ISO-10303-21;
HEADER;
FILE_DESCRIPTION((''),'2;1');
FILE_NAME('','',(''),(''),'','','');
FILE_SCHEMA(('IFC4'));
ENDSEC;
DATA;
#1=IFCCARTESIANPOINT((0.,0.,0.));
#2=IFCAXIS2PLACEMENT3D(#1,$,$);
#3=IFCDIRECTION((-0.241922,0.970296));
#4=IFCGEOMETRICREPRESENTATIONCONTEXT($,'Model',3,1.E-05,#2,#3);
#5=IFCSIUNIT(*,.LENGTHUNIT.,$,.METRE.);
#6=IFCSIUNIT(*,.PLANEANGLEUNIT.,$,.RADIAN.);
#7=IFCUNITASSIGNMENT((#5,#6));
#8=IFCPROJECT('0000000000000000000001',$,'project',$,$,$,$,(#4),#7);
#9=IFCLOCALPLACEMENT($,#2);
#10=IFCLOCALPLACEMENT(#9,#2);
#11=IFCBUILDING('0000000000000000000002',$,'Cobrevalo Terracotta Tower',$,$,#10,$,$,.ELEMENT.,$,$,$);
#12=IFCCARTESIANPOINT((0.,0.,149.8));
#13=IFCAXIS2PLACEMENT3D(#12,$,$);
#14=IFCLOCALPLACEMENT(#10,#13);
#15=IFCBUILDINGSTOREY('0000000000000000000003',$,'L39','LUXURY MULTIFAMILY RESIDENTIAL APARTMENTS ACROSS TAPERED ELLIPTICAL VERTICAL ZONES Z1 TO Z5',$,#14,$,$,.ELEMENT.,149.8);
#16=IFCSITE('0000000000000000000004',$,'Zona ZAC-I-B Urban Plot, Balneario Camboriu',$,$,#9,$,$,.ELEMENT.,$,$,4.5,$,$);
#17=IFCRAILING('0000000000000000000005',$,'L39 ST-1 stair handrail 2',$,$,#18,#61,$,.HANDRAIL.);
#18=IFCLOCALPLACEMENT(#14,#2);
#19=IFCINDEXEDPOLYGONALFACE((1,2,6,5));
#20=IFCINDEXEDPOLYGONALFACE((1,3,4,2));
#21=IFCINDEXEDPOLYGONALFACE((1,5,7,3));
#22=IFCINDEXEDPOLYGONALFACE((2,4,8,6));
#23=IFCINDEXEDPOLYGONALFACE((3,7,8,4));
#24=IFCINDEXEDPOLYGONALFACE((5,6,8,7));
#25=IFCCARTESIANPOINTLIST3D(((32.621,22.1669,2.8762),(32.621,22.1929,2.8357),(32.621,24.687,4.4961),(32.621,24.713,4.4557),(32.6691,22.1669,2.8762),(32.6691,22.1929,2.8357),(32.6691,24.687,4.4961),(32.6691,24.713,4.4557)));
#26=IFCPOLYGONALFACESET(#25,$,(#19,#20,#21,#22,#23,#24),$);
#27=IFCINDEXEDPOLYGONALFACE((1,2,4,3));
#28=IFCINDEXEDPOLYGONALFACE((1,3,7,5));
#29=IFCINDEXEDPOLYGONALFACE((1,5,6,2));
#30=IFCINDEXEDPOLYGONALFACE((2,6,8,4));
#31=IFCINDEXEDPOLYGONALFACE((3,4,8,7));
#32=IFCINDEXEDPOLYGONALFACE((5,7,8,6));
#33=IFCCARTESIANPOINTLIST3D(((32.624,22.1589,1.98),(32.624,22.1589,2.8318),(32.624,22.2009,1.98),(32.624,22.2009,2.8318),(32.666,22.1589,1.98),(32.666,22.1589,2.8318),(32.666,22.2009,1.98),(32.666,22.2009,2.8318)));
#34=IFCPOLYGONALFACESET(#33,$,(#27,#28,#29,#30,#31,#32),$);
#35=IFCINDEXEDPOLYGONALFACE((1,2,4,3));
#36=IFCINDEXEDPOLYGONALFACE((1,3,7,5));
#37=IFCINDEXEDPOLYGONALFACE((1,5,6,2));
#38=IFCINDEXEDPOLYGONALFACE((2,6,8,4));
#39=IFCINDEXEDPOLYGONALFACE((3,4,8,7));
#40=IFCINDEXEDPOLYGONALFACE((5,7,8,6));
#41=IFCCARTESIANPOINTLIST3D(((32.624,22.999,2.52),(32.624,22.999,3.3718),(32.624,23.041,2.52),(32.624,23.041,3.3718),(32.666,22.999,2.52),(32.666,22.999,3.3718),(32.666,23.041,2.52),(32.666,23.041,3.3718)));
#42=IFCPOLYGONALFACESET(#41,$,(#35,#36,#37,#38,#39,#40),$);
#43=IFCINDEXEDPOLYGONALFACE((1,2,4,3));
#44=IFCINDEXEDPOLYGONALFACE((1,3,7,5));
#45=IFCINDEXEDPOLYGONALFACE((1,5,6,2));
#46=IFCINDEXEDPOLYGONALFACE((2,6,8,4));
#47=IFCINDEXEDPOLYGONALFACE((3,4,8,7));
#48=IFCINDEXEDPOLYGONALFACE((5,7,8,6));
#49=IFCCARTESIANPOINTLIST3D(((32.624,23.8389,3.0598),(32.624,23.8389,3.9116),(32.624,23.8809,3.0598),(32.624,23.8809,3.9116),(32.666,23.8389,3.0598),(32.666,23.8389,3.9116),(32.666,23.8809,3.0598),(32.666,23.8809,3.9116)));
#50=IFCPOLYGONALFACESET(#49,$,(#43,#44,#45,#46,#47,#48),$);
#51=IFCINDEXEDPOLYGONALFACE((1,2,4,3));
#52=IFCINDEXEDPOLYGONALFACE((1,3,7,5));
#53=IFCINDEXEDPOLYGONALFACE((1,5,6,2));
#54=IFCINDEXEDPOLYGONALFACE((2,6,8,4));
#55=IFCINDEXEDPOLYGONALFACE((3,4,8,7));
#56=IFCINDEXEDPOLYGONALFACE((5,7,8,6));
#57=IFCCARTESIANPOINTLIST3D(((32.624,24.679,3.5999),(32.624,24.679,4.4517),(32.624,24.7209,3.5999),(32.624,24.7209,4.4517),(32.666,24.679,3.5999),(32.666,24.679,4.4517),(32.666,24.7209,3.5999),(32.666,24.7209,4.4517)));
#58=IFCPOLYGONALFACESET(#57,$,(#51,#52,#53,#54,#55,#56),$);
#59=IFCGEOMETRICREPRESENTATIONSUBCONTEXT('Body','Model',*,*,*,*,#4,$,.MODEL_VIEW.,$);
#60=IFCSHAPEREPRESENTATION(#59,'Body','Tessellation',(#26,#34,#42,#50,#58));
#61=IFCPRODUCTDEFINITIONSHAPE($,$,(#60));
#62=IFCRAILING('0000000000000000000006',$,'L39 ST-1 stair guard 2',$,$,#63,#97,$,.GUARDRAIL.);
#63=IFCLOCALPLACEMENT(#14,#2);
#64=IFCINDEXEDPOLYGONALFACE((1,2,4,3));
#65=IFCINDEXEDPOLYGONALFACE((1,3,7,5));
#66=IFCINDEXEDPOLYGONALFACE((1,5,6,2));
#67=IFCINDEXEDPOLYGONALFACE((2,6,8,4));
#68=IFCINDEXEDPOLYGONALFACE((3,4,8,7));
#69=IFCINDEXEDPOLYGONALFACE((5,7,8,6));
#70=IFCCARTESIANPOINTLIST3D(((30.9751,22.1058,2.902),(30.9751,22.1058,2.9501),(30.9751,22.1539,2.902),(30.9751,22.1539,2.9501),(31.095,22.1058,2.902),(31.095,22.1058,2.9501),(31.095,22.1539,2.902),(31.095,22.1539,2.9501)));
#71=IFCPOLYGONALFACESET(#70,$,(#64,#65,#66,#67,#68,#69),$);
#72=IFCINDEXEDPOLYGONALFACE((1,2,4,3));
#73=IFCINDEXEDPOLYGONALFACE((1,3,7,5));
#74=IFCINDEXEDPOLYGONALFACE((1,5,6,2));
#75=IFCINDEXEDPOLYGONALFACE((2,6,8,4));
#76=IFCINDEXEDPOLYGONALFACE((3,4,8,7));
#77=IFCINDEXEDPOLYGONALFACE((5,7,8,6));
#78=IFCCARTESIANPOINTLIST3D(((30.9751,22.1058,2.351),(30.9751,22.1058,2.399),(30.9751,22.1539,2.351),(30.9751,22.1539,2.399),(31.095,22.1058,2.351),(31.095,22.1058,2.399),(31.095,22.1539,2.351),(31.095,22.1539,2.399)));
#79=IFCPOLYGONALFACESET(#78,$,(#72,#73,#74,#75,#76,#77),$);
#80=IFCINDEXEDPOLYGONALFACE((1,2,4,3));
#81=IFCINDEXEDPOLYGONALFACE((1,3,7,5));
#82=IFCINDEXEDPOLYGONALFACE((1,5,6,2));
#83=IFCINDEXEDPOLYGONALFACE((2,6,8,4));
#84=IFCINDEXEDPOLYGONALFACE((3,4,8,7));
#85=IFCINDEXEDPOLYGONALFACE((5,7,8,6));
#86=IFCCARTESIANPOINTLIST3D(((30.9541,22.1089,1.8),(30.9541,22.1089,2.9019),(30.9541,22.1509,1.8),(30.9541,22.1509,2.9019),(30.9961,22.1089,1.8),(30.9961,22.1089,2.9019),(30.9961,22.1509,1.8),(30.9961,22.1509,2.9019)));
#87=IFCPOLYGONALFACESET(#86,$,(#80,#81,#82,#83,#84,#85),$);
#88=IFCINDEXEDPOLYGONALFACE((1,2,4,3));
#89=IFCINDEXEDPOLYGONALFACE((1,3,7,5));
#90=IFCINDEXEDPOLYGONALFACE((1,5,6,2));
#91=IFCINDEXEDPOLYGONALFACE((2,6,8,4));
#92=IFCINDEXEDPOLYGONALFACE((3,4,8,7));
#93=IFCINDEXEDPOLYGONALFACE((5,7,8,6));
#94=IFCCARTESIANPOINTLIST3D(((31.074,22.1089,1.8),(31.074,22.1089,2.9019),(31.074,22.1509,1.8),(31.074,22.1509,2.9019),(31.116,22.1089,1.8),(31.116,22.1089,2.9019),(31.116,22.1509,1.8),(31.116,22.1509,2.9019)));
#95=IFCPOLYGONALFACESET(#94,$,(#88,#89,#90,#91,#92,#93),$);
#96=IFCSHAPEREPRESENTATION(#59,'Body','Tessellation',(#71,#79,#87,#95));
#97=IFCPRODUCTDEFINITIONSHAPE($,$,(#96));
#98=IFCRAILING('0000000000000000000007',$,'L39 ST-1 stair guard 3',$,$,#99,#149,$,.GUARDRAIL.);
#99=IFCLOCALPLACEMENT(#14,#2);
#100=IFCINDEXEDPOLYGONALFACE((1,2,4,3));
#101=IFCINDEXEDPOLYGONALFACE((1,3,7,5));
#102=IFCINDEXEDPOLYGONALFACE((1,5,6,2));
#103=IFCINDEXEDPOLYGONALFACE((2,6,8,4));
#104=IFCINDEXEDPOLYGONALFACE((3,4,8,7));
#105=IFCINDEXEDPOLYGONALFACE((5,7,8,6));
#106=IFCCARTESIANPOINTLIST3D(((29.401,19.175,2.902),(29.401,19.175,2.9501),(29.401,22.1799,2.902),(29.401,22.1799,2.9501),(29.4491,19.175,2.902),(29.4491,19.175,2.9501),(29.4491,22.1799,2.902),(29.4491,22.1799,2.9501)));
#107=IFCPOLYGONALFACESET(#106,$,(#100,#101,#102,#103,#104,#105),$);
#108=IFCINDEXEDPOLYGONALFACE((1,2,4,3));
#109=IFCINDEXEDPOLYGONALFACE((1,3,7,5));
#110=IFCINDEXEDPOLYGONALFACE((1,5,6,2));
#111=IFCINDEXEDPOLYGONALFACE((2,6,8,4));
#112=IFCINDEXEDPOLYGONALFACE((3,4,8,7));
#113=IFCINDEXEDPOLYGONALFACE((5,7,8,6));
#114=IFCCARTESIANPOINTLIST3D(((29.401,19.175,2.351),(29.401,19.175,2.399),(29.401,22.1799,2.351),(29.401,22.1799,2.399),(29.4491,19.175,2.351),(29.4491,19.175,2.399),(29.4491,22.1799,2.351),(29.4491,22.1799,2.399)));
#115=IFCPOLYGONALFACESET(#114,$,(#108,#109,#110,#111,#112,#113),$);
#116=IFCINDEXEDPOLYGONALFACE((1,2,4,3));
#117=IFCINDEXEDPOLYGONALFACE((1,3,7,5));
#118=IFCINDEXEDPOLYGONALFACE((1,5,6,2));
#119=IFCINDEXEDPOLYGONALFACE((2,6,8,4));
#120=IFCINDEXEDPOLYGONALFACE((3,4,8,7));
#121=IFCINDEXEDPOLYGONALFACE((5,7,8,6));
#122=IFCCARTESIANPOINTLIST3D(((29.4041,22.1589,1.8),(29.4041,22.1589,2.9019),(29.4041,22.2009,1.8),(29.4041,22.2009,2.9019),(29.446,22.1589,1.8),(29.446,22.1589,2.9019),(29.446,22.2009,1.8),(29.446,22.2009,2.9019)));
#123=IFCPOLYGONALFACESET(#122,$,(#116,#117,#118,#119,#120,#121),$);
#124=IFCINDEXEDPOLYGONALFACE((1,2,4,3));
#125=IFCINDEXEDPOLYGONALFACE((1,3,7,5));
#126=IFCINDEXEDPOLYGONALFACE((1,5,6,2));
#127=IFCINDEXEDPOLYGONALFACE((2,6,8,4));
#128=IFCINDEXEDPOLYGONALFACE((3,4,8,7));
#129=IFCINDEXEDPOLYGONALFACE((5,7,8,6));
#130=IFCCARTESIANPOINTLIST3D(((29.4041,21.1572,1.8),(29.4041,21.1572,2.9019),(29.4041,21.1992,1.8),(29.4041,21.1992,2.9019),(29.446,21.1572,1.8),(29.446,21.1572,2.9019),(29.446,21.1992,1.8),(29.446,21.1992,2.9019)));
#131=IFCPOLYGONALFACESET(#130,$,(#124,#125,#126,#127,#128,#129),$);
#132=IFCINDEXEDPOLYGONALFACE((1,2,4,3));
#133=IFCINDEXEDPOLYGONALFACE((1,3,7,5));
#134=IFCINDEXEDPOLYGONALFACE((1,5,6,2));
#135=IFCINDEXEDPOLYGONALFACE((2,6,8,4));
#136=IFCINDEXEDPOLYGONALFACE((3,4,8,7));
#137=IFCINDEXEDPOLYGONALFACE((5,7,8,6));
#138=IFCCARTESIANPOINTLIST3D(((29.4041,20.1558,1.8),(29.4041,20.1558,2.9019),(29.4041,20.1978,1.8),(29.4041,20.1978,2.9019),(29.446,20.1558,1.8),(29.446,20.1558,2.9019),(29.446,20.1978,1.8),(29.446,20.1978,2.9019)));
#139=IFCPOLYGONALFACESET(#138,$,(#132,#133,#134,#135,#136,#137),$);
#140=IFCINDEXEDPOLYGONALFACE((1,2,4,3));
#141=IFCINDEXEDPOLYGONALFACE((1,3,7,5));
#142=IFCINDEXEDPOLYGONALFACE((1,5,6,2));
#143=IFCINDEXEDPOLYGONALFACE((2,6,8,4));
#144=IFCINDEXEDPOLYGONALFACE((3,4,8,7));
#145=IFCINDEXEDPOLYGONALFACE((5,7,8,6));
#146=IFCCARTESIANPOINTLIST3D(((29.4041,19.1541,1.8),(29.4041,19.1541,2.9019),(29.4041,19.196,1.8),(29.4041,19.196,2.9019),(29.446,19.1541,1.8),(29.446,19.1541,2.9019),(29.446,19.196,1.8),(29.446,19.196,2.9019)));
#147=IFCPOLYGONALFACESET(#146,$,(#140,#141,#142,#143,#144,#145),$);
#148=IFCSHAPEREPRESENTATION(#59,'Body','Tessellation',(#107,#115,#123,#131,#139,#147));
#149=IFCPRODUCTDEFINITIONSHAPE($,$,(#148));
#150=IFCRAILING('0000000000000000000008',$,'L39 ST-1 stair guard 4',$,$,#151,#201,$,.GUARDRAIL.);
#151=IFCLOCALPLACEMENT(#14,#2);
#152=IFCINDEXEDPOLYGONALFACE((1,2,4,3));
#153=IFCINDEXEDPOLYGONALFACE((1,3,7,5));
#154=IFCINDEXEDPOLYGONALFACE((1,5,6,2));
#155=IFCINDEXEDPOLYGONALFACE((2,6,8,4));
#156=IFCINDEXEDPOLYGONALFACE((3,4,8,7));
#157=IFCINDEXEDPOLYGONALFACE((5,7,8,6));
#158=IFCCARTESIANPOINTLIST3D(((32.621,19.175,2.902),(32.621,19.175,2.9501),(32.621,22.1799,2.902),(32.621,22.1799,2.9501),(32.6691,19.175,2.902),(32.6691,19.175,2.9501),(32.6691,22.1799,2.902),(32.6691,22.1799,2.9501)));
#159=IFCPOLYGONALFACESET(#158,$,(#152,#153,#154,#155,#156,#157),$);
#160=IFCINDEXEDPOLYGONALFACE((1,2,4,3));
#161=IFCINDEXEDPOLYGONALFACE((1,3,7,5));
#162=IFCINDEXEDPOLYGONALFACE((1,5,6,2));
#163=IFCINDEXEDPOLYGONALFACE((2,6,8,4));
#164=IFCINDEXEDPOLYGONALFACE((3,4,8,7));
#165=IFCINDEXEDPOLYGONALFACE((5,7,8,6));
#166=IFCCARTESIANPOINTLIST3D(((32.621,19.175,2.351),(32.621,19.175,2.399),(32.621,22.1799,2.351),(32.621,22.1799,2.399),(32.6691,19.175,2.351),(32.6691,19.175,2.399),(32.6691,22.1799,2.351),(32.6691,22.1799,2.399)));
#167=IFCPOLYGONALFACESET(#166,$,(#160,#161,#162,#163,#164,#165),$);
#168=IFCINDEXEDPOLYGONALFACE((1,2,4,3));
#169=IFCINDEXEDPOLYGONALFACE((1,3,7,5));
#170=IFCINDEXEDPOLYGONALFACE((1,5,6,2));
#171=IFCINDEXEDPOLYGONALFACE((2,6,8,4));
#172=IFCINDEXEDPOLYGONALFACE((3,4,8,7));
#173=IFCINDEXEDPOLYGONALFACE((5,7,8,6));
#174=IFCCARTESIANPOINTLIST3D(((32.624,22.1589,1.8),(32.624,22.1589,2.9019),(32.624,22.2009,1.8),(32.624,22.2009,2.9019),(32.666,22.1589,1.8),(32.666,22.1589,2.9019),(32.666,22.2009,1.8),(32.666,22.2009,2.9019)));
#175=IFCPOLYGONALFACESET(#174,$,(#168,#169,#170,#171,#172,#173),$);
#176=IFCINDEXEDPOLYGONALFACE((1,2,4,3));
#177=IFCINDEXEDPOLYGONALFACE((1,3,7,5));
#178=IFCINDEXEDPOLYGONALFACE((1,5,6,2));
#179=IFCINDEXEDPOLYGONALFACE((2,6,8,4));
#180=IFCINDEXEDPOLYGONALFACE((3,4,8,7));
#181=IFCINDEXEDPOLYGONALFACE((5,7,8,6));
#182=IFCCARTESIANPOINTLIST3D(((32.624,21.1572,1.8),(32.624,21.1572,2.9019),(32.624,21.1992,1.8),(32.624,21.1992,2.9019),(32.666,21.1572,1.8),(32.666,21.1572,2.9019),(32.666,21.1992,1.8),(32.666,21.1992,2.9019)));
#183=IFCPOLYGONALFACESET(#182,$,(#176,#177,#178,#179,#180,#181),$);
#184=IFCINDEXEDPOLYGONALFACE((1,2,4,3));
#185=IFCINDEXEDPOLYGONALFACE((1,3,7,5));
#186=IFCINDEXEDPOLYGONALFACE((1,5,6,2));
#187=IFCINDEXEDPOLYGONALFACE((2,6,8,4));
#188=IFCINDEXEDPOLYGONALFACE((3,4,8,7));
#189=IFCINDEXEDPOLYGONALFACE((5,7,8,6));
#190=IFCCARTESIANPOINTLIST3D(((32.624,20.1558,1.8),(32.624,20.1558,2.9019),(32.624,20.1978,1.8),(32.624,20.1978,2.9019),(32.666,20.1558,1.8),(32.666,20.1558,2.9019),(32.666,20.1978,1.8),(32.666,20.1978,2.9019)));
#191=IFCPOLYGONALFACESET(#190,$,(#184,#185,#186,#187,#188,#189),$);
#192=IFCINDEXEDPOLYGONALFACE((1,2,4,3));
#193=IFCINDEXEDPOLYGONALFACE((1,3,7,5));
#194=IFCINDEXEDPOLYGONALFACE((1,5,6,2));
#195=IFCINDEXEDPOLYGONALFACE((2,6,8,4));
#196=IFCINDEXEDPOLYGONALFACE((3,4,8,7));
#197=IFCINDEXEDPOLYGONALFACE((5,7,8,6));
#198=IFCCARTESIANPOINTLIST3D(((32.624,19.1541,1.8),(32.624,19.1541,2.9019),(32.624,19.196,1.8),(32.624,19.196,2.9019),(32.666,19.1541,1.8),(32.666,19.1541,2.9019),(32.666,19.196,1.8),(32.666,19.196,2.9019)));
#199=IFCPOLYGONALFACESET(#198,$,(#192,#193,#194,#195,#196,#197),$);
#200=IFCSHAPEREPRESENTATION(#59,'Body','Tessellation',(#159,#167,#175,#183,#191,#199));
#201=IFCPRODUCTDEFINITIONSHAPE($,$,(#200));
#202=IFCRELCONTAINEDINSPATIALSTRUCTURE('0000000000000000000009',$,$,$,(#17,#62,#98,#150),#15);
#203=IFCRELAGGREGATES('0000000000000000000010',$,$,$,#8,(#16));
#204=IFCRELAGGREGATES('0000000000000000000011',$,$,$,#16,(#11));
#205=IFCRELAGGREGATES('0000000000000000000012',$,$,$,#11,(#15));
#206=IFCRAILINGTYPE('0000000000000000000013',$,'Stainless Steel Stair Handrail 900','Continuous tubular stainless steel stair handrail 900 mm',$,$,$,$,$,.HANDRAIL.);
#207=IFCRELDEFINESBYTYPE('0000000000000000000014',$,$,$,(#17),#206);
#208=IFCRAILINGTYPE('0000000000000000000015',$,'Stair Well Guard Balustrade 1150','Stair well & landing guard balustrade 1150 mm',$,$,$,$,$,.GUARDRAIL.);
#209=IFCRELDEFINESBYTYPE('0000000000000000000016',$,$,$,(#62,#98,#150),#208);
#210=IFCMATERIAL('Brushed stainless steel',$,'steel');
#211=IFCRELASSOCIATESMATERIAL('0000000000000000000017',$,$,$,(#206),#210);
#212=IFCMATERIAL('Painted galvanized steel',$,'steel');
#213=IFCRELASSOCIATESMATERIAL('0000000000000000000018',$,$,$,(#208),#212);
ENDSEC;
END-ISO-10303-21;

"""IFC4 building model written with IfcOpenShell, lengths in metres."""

from ifc_helpers import new_model, si_unit, direction, frame, origin, origin_2d, place, context, subcontext, project, spatial, rectangle, extrude, material, type_object, element, save


model = new_model("IFC4")

# Units and contexts
model_context = context("Model", 3, precision=1e-05, world=origin(), true_north=direction((-0.241922, 0.970296)))
body_context = subcontext(model_context, "Body", "Model", "MODEL_VIEW")
ifc_project = project(units=[si_unit("LENGTHUNIT", "METRE"), si_unit("PLANEANGLEUNIT", "RADIAN")], contexts=[model_context])

# Site, building, storey
site_placement = place(None, origin())
site = spatial("IfcSite", under=ifc_project, at=site_placement, Name="Zona ZAC-I-B Urban Plot, Balneario Camboriu", CompositionType="ELEMENT", RefElevation=4.5)
building_placement = place(site_placement, origin())
building = spatial("IfcBuilding", under=site, at=building_placement, Name="Cobrevalo Terracotta Tower", CompositionType="ELEMENT")
storey_placement = place(building_placement, frame((0.0, 0.0, 149.8)))
storey = spatial("IfcBuildingStorey", under=building, at=storey_placement, Name="L39", Description="LUXURY MULTIFAMILY RESIDENTIAL APARTMENTS ACROSS TAPERED ELLIPTICAL VERTICAL ZONES Z1 TO Z5", CompositionType="ELEMENT", Elevation=149.8)

# Railings
ifc_material_1 = material(Name="Brushed stainless steel", Category="steel")
railing_type_1 = type_object("IfcRailingType", Name="Stainless Steel Stair Handrail 900", Description="Continuous tubular stainless steel stair handrail 900 mm", PredefinedType="HANDRAIL", material=ifc_material_1)
railing_1_placement = place(storey_placement, frame((32.645, 22.1799, 1.98)))
element("IfcRailing", 1, at=railing_1_placement, inside=storey, type_object=railing_type_1, Name="L39 ST-1 stair handrail 2", PredefinedType="HANDRAIL", context=body_context, shape_type="SweptSolid", body=[
    extrude(rectangle(XDim=0.0481, YDim=0.0481, at=origin_2d()), frame((0.0, 0.0, 0.876), z_axis=(0.0, 0.8412, 0.540725), x_axis=(-1.0, 0.0, 0.0)), (0.0, 0.0, 1.0), 2.9958),
    extrude(rectangle(XDim=0.042, YDim=0.042, at=origin_2d()), origin(), (0.0, 0.0, 1.0), 0.8518),
    extrude(rectangle(XDim=0.042, YDim=0.042, at=origin_2d()), frame((0.0, 0.8401, 0.54)), (0.0, 0.0, 1.0), 0.8518),
    extrude(rectangle(XDim=0.042, YDim=0.042, at=origin_2d()), frame((0.0, 1.6799, 1.0798)), (0.0, 0.0, 1.0), 0.8518),
    extrude(rectangle(XDim=0.042, YDim=0.042, at=origin_2d()), frame((0.0, 2.52, 1.6199)), (0.0, 0.0, 1.0), 0.8518),
])
ifc_material_2 = material(Name="Painted galvanized steel", Category="steel")
railing_type_2 = type_object("IfcRailingType", Name="Stair Well Guard Balustrade 1150", Description="Stair well & landing guard balustrade 1150 mm", PredefinedType="GUARDRAIL", material=ifc_material_2)
railing_2_placement = place(storey_placement, frame((30.9751, 22.1299, 1.8)))
element("IfcRailing", 2, at=railing_2_placement, inside=storey, type_object=railing_type_2, Name="L39 ST-1 stair guard 2", PredefinedType="GUARDRAIL", context=body_context, shape_type="SweptSolid", body=[
    extrude(rectangle(XDim=0.0481, YDim=0.0481, at=origin_2d()), frame((0.0, 0.0, 1.126), z_axis=(1.0, 0.0, 0.0), x_axis=(0.0, 1.0, 0.0)), (0.0, 0.0, 1.0), 0.1199),
    extrude(rectangle(XDim=0.0481, YDim=0.0481, at=origin_2d()), frame((0.0, 0.0, 0.575), z_axis=(1.0, 0.0, 0.0), x_axis=(0.0, 1.0, 0.0)), (0.0, 0.0, 1.0), 0.1199),
    extrude(rectangle(XDim=0.042, YDim=0.042, at=origin_2d()), origin(), (0.0, 0.0, 1.0), 1.1018),
    extrude(rectangle(XDim=0.042, YDim=0.042, at=origin_2d()), frame((0.1199, 0.0, 0.0)), (0.0, 0.0, 1.0), 1.1018),
])
for number, where, name in (
    (3, (29.425, 22.1799, 1.8), "L39 ST-1 stair guard 3"),
    (4, (32.645, 22.1799, 1.8), "L39 ST-1 stair guard 4"),
):
    element("IfcRailing", number, at=place(storey_placement, frame(where)), inside=storey, type_object=railing_type_2, Name=name, PredefinedType="GUARDRAIL", context=body_context, shape_type="SweptSolid", body=[
        extrude(rectangle(XDim=0.0481, YDim=0.0481, at=origin_2d()), frame((0.0, 0.0, 1.126), z_axis=(0.0, -1.0, 0.0), x_axis=(1.0, 0.0, 0.0)), (0.0, 0.0, 1.0), 3.0049),
        extrude(rectangle(XDim=0.0481, YDim=0.0481, at=origin_2d()), frame((0.0, 0.0, 0.575), z_axis=(0.0, -1.0, 0.0), x_axis=(1.0, 0.0, 0.0)), (0.0, 0.0, 1.0), 3.0049),
        extrude(rectangle(XDim=0.042, YDim=0.042, at=origin_2d()), origin(), (0.0, 0.0, 1.0), 1.1018),
        extrude(rectangle(XDim=0.042, YDim=0.042, at=origin_2d()), frame((0.0, -1.0017, 0.0)), (0.0, 0.0, 1.0), 1.1018),
        extrude(rectangle(XDim=0.042, YDim=0.042, at=origin_2d()), frame((0.0, -2.0032, 0.0)), (0.0, 0.0, 1.0), 1.1018),
        extrude(rectangle(XDim=0.042, YDim=0.042, at=origin_2d()), frame((0.0, -3.0049, 0.0)), (0.0, 0.0, 1.0), 1.1018),
    ])

save(model, "model.ifc")
